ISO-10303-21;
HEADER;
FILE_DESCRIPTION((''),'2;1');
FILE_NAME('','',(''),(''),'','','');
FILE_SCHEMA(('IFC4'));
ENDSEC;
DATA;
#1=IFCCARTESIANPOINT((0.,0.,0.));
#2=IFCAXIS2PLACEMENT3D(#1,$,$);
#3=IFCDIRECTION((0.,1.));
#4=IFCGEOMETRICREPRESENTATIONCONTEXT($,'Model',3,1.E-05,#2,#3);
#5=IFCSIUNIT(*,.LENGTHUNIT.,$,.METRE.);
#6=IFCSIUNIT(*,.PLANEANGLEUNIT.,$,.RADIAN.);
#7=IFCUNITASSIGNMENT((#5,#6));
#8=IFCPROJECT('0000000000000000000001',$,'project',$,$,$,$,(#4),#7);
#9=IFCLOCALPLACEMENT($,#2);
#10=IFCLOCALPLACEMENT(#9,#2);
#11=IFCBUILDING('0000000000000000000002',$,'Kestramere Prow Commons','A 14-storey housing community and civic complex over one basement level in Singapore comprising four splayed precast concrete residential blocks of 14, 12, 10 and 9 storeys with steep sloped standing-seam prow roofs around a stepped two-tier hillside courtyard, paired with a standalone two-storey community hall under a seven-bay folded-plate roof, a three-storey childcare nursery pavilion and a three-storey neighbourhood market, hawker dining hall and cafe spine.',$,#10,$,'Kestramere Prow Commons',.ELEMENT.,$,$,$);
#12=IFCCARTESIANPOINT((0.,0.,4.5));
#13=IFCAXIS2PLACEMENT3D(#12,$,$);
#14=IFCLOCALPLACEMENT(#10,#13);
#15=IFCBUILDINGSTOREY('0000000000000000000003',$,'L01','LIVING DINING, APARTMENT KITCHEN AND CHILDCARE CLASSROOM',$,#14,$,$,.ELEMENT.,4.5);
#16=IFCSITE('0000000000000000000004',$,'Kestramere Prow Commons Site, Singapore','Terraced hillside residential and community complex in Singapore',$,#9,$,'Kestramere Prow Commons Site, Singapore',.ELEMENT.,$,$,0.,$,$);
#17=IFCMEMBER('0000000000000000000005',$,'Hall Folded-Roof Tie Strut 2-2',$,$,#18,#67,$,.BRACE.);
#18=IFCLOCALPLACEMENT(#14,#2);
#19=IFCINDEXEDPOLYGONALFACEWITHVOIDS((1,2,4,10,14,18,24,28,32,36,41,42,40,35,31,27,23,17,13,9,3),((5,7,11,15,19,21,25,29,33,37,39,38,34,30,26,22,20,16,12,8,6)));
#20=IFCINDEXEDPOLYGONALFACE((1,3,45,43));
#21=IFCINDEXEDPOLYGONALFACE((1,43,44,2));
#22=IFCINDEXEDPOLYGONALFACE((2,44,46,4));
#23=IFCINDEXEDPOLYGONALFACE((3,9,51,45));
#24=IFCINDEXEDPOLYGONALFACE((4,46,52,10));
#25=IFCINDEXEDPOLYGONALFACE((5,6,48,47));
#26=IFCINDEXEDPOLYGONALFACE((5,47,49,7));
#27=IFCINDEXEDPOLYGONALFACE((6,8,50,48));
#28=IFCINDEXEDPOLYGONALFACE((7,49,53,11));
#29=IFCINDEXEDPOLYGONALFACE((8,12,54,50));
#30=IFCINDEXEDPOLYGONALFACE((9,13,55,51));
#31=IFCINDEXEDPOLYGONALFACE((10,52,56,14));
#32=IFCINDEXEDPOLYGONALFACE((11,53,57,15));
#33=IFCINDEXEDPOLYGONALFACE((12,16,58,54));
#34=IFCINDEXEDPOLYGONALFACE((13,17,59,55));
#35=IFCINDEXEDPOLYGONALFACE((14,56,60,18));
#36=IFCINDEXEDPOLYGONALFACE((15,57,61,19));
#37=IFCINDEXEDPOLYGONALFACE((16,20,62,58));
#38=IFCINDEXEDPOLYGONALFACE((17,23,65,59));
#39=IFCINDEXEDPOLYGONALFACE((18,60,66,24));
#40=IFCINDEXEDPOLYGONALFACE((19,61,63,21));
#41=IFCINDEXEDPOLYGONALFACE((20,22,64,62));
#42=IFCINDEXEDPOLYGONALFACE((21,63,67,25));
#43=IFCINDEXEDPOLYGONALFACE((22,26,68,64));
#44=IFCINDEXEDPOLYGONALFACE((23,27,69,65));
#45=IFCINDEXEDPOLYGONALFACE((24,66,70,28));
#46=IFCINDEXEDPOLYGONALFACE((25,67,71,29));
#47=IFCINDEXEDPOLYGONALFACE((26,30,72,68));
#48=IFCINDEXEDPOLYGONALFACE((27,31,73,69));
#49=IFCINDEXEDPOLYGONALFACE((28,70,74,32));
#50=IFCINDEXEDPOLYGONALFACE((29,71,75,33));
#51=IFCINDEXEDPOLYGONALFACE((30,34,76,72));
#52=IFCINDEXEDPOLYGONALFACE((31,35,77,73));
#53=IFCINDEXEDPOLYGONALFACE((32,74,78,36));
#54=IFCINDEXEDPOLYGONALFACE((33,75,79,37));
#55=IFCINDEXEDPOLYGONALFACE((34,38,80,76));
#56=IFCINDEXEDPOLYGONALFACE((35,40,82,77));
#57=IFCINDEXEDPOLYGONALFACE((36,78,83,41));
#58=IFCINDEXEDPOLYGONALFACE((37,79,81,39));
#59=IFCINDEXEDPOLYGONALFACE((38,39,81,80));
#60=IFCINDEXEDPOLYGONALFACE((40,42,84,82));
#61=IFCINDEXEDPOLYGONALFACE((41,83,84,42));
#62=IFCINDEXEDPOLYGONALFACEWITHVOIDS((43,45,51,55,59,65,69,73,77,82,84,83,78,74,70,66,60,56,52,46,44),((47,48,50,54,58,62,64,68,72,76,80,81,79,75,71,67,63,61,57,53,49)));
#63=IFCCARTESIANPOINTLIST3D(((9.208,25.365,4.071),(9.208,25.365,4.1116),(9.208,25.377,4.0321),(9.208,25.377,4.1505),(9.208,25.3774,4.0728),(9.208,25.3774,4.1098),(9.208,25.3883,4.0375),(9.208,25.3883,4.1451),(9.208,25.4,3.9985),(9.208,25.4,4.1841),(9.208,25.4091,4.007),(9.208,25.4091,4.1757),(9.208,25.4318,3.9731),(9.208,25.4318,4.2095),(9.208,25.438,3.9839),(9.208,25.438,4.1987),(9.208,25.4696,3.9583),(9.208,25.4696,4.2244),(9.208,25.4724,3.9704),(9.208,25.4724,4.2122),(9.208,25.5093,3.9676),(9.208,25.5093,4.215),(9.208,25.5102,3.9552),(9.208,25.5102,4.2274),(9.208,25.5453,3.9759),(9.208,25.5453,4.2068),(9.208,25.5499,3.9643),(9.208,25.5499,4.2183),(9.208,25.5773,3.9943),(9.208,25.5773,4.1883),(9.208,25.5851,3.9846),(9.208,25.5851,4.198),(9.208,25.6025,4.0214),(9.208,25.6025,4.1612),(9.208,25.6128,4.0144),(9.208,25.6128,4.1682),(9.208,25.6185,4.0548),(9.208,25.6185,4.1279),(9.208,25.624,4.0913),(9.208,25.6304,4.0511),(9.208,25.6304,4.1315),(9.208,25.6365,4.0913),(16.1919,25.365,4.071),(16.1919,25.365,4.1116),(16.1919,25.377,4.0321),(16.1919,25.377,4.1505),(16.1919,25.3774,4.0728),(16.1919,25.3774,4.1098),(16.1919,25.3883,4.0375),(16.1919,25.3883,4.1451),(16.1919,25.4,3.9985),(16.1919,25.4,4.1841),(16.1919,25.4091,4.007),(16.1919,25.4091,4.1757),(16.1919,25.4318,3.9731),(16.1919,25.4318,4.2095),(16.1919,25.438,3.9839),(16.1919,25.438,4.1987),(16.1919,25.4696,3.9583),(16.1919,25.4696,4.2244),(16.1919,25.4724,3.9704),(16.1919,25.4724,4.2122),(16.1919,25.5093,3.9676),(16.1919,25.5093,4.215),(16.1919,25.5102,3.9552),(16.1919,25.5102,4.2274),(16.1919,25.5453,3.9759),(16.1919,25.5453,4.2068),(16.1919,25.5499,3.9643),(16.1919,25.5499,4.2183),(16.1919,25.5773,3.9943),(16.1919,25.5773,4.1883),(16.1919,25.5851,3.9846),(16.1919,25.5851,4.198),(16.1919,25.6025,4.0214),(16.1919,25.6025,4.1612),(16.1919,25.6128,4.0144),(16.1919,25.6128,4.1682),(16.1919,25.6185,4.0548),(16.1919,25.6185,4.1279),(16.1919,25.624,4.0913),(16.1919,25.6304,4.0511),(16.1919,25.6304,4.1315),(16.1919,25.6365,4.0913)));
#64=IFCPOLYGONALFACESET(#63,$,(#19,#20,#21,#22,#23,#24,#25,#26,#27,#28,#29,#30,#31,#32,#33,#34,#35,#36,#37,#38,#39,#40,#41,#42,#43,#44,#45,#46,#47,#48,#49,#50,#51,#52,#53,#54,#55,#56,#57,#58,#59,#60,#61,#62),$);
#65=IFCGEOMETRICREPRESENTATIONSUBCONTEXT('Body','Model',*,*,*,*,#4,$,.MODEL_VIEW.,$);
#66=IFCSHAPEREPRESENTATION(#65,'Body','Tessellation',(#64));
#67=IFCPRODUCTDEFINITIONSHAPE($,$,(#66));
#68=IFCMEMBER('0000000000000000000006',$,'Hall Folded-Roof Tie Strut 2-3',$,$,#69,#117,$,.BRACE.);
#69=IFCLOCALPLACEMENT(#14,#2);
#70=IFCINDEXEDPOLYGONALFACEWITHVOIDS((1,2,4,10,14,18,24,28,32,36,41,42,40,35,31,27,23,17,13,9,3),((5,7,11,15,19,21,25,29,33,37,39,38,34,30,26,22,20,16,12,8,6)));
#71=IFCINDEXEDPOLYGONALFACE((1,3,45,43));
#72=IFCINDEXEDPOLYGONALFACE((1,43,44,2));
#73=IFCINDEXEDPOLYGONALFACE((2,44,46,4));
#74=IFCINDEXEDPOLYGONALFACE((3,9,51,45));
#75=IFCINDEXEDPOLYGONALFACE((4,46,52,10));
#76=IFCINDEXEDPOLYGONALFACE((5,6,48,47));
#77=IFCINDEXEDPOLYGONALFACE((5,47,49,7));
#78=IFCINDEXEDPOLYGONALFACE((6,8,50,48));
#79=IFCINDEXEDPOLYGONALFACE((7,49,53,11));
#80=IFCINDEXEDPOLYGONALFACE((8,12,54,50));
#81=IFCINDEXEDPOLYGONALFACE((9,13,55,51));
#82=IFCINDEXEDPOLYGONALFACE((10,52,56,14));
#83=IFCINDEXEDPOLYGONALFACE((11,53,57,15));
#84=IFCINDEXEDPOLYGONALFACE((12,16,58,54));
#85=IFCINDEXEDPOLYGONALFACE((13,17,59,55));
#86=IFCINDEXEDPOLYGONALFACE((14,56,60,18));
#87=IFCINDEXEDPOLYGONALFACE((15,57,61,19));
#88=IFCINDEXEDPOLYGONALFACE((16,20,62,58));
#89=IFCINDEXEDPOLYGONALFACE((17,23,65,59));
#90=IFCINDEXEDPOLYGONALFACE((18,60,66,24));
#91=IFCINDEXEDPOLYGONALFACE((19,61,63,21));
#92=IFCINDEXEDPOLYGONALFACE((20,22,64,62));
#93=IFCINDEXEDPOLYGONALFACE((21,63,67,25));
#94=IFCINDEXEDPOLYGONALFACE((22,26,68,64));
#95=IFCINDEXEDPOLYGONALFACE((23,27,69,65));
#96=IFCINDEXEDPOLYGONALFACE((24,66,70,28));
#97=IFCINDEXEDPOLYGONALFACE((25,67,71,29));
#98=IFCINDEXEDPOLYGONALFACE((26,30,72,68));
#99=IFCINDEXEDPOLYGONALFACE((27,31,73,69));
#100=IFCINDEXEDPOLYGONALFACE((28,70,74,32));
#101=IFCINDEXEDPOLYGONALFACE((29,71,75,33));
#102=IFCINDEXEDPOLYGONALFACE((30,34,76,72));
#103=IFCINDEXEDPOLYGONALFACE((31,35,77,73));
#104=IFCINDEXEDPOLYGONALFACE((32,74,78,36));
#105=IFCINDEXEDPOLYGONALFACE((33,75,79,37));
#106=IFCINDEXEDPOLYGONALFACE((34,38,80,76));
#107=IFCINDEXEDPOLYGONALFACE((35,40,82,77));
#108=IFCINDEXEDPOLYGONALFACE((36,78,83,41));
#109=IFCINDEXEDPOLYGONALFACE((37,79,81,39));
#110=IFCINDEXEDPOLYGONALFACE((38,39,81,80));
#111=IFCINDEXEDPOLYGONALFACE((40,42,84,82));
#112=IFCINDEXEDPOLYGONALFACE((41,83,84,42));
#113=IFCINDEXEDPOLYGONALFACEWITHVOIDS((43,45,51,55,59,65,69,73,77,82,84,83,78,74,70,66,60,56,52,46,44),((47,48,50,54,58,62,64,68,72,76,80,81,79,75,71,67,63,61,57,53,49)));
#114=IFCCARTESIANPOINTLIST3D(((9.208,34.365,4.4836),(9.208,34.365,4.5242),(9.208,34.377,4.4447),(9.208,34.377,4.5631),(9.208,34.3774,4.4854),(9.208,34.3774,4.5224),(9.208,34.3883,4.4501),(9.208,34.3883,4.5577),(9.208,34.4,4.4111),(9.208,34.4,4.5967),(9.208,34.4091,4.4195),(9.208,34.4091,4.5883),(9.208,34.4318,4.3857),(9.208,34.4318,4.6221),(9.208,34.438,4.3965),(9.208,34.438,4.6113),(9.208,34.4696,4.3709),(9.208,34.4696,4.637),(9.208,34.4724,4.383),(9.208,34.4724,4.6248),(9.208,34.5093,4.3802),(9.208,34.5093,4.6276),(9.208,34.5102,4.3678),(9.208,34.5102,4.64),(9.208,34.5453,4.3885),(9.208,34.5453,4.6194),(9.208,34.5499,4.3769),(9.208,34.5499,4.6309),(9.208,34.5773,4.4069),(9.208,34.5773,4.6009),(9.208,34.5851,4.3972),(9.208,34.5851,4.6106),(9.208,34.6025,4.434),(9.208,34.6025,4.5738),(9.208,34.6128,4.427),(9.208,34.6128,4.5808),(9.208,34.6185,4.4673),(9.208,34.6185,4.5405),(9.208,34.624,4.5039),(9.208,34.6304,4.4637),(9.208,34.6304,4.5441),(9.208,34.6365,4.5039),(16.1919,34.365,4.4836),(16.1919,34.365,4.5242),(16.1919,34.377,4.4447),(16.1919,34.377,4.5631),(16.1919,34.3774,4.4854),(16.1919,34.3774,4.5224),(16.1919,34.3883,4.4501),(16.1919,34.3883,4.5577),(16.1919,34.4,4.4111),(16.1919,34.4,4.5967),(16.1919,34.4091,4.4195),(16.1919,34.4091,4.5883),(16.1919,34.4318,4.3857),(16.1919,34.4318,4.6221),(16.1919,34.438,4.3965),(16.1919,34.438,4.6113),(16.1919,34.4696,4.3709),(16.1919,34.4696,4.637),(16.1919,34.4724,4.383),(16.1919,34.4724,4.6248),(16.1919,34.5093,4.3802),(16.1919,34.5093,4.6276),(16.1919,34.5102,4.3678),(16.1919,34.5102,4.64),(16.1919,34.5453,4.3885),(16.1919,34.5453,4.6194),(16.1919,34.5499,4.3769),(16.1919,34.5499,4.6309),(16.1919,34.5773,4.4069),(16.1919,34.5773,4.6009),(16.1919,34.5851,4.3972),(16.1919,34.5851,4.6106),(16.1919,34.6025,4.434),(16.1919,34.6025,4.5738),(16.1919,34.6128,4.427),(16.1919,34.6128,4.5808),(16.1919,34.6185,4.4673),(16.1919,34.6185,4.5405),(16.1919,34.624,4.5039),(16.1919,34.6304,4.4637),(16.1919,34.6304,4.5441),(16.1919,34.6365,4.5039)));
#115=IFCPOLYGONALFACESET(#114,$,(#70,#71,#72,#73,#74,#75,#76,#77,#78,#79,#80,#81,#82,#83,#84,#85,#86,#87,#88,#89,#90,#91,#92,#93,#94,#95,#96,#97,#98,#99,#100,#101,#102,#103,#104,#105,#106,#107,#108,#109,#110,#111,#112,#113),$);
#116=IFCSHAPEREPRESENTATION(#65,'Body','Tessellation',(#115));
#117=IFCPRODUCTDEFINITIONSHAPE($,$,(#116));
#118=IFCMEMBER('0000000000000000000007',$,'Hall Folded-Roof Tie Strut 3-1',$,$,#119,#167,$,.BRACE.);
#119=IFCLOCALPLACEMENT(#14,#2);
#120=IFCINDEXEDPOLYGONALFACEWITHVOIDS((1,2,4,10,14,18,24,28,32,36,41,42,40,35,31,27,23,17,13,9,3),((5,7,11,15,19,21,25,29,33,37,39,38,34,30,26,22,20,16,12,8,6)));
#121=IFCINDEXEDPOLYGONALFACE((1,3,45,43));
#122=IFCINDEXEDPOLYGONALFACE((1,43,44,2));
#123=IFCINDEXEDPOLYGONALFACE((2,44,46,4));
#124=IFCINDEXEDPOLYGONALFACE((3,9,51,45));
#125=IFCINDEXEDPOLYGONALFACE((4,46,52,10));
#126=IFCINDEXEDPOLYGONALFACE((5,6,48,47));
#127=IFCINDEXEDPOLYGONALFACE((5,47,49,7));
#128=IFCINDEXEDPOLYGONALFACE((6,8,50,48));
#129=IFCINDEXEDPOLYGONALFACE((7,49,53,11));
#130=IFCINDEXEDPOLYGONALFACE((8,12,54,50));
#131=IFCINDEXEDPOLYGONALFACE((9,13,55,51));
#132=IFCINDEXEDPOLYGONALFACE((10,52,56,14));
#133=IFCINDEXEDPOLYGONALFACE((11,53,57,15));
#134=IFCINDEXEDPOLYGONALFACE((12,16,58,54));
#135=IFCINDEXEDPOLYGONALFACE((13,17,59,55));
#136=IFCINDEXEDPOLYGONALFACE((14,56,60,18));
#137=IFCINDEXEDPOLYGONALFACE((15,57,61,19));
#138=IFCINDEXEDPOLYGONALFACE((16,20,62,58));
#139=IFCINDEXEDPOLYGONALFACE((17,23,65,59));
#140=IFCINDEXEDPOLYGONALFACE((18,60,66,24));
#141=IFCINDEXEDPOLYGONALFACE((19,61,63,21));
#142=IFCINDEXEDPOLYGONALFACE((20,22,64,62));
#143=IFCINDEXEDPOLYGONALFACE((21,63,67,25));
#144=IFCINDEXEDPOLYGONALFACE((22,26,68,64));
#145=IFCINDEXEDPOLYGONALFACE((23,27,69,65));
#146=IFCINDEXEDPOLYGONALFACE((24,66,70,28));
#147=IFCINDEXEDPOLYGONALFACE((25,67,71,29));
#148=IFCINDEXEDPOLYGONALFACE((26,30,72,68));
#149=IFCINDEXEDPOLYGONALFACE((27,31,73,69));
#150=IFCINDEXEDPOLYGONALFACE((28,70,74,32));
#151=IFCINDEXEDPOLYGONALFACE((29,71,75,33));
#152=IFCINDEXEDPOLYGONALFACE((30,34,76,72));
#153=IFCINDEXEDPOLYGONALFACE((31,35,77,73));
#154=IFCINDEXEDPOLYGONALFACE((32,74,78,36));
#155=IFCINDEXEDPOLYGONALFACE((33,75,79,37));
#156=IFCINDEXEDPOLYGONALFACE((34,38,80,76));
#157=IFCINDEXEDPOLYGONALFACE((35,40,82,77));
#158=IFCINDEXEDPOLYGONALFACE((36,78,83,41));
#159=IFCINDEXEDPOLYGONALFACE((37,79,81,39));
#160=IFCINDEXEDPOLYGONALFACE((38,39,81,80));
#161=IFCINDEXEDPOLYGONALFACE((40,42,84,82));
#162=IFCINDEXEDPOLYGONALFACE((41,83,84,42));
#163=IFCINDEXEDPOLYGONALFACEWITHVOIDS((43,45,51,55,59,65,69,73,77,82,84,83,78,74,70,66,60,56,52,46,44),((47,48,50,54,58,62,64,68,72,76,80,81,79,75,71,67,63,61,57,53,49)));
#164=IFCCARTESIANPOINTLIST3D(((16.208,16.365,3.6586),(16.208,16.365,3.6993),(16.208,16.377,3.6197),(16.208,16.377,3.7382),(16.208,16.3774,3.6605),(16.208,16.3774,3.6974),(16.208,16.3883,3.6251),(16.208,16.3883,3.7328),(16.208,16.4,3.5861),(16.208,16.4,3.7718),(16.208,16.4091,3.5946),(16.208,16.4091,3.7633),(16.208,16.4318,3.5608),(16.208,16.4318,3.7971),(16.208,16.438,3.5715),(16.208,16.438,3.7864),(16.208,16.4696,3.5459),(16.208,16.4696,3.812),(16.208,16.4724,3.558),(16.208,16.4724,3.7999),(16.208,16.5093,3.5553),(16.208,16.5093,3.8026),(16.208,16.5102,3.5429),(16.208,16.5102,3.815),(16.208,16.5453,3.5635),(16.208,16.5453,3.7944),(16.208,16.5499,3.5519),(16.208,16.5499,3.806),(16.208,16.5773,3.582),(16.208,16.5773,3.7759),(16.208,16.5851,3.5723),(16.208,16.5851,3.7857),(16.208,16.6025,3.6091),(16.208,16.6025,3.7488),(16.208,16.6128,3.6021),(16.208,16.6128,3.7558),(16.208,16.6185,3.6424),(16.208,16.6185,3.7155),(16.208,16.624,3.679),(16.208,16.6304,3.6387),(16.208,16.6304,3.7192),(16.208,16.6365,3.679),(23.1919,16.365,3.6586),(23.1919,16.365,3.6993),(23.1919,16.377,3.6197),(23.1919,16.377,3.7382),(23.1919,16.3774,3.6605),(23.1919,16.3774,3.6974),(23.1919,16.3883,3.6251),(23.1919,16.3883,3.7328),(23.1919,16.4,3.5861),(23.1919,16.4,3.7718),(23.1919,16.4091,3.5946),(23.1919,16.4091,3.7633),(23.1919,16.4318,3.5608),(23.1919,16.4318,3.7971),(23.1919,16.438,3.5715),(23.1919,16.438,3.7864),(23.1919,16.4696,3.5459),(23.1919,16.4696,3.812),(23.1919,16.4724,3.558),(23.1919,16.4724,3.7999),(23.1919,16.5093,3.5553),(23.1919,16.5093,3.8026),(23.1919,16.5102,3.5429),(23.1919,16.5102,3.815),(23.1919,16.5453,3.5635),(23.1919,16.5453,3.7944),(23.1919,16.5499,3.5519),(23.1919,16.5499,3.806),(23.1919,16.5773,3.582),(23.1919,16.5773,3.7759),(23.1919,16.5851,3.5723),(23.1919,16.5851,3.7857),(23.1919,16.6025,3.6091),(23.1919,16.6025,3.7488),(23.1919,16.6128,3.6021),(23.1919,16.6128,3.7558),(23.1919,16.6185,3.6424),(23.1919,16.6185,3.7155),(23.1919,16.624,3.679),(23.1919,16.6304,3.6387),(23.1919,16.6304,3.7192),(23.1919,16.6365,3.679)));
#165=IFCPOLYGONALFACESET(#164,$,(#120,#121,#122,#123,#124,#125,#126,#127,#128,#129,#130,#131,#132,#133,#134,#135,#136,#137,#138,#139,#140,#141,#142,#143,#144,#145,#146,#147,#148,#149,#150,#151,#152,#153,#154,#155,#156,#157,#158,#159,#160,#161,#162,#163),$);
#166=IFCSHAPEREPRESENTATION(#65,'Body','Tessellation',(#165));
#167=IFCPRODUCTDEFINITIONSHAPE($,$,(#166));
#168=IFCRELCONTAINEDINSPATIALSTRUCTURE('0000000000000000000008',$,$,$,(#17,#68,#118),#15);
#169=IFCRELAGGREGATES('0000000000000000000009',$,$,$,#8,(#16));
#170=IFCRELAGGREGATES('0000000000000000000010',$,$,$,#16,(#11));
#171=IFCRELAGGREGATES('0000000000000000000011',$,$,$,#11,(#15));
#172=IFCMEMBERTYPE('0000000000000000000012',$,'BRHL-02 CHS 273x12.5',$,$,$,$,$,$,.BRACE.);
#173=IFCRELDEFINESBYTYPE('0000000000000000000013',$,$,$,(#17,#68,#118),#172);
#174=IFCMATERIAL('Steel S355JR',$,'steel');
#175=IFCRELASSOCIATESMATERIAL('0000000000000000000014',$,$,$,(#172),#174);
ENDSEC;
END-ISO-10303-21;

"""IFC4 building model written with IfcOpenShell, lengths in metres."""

from ifc_helpers import new_model, si_unit, direction, frame, origin, origin_2d, place, context, subcontext, project, spatial, hollow_circle, extrude, material, material_profile, profile_set, type_object, element, save


model = new_model("IFC4")

# Units and contexts
model_context = context("Model", 3, precision=1e-05, world=origin(), true_north=direction((0.0, 1.0)))
body_context = subcontext(model_context, "Body", "Model", "MODEL_VIEW")
ifc_project = project(units=[si_unit("LENGTHUNIT", "METRE"), si_unit("PLANEANGLEUNIT", "RADIAN")], contexts=[model_context])

# Site, building, storey
site_placement = place(None, origin())
site = spatial("IfcSite", under=ifc_project, at=site_placement, Name="Kestramere Prow Commons Site, Singapore", Description="Terraced hillside residential and community complex in Singapore", LongName="Kestramere Prow Commons Site, Singapore", CompositionType="ELEMENT", RefElevation=0.0)
building_placement = place(site_placement, origin())
building = spatial("IfcBuilding", under=site, at=building_placement, Name="Kestramere Prow Commons", Description="A 14-storey housing community and civic complex over one basement level in Singapore comprising four splayed precast concrete residential blocks of 14, 12, 10 and 9 storeys with steep sloped standing-seam prow roofs around a stepped two-tier hillside courtyard, paired with a standalone two-storey community hall under a seven-bay folded-plate roof, a three-storey childcare nursery pavilion and a three-storey neighbourhood market, hawker dining hall and cafe spine.", LongName="Kestramere Prow Commons", CompositionType="ELEMENT")
storey_placement = place(building_placement, frame((0.0, 0.0, 4.5)))
storey = spatial("IfcBuildingStorey", under=building, at=storey_placement, Name="L01", Description="LIVING DINING, APARTMENT KITCHEN AND CHILDCARE CLASSROOM", CompositionType="ELEMENT", Elevation=4.5)

# Shared definitions
ifc_material_1 = material(Name="Steel S355JR", Category="steel")

# Members
ifc_material_profile_1 = material_profile(ifc_material_1, hollow_circle(Radius=0.1365, WallThickness=0.0125, at=origin_2d()), Name="CHS 273x12.5")
ifc_profile_set_1 = profile_set([ifc_material_profile_1], Name="Steel S355JR")
member_type_1 = type_object("IfcMemberType", Name="BRHL-02 CHS 273x12.5", PredefinedType="BRACE", material=ifc_profile_set_1)
for number, where, z_axis, x_axis, name in (
    (1, (9.208, 25.5, 4.0913), (1.0, 0.0, 0.0), (0.0, 1.0, 0.0), "Hall Folded-Roof Tie Strut 2-2"),
    (2, (9.208, 34.5, 4.5039), (1.0, 0.0, 0.0), (0.0, 1.0, 0.0), "Hall Folded-Roof Tie Strut 2-3"),
    (3, (16.208, 16.5, 3.679), (1.0, 0.0, 0.0), (0.0, 1.0, 0.0), "Hall Folded-Roof Tie Strut 3-1"),
):
    element("IfcMember", number, at=place(storey_placement, frame(where, z_axis=z_axis, x_axis=x_axis)), inside=storey, type_object=member_type_1, Name=name, PredefinedType="BRACE", context=body_context, shape_type="SweptSolid", body=[
        extrude(hollow_circle(Radius=0.1365, WallThickness=0.0125, at=origin_2d()), origin(), (0.0, 0.0, 1.0), 6.9839),
    ])

save(model, "model.ifc")
